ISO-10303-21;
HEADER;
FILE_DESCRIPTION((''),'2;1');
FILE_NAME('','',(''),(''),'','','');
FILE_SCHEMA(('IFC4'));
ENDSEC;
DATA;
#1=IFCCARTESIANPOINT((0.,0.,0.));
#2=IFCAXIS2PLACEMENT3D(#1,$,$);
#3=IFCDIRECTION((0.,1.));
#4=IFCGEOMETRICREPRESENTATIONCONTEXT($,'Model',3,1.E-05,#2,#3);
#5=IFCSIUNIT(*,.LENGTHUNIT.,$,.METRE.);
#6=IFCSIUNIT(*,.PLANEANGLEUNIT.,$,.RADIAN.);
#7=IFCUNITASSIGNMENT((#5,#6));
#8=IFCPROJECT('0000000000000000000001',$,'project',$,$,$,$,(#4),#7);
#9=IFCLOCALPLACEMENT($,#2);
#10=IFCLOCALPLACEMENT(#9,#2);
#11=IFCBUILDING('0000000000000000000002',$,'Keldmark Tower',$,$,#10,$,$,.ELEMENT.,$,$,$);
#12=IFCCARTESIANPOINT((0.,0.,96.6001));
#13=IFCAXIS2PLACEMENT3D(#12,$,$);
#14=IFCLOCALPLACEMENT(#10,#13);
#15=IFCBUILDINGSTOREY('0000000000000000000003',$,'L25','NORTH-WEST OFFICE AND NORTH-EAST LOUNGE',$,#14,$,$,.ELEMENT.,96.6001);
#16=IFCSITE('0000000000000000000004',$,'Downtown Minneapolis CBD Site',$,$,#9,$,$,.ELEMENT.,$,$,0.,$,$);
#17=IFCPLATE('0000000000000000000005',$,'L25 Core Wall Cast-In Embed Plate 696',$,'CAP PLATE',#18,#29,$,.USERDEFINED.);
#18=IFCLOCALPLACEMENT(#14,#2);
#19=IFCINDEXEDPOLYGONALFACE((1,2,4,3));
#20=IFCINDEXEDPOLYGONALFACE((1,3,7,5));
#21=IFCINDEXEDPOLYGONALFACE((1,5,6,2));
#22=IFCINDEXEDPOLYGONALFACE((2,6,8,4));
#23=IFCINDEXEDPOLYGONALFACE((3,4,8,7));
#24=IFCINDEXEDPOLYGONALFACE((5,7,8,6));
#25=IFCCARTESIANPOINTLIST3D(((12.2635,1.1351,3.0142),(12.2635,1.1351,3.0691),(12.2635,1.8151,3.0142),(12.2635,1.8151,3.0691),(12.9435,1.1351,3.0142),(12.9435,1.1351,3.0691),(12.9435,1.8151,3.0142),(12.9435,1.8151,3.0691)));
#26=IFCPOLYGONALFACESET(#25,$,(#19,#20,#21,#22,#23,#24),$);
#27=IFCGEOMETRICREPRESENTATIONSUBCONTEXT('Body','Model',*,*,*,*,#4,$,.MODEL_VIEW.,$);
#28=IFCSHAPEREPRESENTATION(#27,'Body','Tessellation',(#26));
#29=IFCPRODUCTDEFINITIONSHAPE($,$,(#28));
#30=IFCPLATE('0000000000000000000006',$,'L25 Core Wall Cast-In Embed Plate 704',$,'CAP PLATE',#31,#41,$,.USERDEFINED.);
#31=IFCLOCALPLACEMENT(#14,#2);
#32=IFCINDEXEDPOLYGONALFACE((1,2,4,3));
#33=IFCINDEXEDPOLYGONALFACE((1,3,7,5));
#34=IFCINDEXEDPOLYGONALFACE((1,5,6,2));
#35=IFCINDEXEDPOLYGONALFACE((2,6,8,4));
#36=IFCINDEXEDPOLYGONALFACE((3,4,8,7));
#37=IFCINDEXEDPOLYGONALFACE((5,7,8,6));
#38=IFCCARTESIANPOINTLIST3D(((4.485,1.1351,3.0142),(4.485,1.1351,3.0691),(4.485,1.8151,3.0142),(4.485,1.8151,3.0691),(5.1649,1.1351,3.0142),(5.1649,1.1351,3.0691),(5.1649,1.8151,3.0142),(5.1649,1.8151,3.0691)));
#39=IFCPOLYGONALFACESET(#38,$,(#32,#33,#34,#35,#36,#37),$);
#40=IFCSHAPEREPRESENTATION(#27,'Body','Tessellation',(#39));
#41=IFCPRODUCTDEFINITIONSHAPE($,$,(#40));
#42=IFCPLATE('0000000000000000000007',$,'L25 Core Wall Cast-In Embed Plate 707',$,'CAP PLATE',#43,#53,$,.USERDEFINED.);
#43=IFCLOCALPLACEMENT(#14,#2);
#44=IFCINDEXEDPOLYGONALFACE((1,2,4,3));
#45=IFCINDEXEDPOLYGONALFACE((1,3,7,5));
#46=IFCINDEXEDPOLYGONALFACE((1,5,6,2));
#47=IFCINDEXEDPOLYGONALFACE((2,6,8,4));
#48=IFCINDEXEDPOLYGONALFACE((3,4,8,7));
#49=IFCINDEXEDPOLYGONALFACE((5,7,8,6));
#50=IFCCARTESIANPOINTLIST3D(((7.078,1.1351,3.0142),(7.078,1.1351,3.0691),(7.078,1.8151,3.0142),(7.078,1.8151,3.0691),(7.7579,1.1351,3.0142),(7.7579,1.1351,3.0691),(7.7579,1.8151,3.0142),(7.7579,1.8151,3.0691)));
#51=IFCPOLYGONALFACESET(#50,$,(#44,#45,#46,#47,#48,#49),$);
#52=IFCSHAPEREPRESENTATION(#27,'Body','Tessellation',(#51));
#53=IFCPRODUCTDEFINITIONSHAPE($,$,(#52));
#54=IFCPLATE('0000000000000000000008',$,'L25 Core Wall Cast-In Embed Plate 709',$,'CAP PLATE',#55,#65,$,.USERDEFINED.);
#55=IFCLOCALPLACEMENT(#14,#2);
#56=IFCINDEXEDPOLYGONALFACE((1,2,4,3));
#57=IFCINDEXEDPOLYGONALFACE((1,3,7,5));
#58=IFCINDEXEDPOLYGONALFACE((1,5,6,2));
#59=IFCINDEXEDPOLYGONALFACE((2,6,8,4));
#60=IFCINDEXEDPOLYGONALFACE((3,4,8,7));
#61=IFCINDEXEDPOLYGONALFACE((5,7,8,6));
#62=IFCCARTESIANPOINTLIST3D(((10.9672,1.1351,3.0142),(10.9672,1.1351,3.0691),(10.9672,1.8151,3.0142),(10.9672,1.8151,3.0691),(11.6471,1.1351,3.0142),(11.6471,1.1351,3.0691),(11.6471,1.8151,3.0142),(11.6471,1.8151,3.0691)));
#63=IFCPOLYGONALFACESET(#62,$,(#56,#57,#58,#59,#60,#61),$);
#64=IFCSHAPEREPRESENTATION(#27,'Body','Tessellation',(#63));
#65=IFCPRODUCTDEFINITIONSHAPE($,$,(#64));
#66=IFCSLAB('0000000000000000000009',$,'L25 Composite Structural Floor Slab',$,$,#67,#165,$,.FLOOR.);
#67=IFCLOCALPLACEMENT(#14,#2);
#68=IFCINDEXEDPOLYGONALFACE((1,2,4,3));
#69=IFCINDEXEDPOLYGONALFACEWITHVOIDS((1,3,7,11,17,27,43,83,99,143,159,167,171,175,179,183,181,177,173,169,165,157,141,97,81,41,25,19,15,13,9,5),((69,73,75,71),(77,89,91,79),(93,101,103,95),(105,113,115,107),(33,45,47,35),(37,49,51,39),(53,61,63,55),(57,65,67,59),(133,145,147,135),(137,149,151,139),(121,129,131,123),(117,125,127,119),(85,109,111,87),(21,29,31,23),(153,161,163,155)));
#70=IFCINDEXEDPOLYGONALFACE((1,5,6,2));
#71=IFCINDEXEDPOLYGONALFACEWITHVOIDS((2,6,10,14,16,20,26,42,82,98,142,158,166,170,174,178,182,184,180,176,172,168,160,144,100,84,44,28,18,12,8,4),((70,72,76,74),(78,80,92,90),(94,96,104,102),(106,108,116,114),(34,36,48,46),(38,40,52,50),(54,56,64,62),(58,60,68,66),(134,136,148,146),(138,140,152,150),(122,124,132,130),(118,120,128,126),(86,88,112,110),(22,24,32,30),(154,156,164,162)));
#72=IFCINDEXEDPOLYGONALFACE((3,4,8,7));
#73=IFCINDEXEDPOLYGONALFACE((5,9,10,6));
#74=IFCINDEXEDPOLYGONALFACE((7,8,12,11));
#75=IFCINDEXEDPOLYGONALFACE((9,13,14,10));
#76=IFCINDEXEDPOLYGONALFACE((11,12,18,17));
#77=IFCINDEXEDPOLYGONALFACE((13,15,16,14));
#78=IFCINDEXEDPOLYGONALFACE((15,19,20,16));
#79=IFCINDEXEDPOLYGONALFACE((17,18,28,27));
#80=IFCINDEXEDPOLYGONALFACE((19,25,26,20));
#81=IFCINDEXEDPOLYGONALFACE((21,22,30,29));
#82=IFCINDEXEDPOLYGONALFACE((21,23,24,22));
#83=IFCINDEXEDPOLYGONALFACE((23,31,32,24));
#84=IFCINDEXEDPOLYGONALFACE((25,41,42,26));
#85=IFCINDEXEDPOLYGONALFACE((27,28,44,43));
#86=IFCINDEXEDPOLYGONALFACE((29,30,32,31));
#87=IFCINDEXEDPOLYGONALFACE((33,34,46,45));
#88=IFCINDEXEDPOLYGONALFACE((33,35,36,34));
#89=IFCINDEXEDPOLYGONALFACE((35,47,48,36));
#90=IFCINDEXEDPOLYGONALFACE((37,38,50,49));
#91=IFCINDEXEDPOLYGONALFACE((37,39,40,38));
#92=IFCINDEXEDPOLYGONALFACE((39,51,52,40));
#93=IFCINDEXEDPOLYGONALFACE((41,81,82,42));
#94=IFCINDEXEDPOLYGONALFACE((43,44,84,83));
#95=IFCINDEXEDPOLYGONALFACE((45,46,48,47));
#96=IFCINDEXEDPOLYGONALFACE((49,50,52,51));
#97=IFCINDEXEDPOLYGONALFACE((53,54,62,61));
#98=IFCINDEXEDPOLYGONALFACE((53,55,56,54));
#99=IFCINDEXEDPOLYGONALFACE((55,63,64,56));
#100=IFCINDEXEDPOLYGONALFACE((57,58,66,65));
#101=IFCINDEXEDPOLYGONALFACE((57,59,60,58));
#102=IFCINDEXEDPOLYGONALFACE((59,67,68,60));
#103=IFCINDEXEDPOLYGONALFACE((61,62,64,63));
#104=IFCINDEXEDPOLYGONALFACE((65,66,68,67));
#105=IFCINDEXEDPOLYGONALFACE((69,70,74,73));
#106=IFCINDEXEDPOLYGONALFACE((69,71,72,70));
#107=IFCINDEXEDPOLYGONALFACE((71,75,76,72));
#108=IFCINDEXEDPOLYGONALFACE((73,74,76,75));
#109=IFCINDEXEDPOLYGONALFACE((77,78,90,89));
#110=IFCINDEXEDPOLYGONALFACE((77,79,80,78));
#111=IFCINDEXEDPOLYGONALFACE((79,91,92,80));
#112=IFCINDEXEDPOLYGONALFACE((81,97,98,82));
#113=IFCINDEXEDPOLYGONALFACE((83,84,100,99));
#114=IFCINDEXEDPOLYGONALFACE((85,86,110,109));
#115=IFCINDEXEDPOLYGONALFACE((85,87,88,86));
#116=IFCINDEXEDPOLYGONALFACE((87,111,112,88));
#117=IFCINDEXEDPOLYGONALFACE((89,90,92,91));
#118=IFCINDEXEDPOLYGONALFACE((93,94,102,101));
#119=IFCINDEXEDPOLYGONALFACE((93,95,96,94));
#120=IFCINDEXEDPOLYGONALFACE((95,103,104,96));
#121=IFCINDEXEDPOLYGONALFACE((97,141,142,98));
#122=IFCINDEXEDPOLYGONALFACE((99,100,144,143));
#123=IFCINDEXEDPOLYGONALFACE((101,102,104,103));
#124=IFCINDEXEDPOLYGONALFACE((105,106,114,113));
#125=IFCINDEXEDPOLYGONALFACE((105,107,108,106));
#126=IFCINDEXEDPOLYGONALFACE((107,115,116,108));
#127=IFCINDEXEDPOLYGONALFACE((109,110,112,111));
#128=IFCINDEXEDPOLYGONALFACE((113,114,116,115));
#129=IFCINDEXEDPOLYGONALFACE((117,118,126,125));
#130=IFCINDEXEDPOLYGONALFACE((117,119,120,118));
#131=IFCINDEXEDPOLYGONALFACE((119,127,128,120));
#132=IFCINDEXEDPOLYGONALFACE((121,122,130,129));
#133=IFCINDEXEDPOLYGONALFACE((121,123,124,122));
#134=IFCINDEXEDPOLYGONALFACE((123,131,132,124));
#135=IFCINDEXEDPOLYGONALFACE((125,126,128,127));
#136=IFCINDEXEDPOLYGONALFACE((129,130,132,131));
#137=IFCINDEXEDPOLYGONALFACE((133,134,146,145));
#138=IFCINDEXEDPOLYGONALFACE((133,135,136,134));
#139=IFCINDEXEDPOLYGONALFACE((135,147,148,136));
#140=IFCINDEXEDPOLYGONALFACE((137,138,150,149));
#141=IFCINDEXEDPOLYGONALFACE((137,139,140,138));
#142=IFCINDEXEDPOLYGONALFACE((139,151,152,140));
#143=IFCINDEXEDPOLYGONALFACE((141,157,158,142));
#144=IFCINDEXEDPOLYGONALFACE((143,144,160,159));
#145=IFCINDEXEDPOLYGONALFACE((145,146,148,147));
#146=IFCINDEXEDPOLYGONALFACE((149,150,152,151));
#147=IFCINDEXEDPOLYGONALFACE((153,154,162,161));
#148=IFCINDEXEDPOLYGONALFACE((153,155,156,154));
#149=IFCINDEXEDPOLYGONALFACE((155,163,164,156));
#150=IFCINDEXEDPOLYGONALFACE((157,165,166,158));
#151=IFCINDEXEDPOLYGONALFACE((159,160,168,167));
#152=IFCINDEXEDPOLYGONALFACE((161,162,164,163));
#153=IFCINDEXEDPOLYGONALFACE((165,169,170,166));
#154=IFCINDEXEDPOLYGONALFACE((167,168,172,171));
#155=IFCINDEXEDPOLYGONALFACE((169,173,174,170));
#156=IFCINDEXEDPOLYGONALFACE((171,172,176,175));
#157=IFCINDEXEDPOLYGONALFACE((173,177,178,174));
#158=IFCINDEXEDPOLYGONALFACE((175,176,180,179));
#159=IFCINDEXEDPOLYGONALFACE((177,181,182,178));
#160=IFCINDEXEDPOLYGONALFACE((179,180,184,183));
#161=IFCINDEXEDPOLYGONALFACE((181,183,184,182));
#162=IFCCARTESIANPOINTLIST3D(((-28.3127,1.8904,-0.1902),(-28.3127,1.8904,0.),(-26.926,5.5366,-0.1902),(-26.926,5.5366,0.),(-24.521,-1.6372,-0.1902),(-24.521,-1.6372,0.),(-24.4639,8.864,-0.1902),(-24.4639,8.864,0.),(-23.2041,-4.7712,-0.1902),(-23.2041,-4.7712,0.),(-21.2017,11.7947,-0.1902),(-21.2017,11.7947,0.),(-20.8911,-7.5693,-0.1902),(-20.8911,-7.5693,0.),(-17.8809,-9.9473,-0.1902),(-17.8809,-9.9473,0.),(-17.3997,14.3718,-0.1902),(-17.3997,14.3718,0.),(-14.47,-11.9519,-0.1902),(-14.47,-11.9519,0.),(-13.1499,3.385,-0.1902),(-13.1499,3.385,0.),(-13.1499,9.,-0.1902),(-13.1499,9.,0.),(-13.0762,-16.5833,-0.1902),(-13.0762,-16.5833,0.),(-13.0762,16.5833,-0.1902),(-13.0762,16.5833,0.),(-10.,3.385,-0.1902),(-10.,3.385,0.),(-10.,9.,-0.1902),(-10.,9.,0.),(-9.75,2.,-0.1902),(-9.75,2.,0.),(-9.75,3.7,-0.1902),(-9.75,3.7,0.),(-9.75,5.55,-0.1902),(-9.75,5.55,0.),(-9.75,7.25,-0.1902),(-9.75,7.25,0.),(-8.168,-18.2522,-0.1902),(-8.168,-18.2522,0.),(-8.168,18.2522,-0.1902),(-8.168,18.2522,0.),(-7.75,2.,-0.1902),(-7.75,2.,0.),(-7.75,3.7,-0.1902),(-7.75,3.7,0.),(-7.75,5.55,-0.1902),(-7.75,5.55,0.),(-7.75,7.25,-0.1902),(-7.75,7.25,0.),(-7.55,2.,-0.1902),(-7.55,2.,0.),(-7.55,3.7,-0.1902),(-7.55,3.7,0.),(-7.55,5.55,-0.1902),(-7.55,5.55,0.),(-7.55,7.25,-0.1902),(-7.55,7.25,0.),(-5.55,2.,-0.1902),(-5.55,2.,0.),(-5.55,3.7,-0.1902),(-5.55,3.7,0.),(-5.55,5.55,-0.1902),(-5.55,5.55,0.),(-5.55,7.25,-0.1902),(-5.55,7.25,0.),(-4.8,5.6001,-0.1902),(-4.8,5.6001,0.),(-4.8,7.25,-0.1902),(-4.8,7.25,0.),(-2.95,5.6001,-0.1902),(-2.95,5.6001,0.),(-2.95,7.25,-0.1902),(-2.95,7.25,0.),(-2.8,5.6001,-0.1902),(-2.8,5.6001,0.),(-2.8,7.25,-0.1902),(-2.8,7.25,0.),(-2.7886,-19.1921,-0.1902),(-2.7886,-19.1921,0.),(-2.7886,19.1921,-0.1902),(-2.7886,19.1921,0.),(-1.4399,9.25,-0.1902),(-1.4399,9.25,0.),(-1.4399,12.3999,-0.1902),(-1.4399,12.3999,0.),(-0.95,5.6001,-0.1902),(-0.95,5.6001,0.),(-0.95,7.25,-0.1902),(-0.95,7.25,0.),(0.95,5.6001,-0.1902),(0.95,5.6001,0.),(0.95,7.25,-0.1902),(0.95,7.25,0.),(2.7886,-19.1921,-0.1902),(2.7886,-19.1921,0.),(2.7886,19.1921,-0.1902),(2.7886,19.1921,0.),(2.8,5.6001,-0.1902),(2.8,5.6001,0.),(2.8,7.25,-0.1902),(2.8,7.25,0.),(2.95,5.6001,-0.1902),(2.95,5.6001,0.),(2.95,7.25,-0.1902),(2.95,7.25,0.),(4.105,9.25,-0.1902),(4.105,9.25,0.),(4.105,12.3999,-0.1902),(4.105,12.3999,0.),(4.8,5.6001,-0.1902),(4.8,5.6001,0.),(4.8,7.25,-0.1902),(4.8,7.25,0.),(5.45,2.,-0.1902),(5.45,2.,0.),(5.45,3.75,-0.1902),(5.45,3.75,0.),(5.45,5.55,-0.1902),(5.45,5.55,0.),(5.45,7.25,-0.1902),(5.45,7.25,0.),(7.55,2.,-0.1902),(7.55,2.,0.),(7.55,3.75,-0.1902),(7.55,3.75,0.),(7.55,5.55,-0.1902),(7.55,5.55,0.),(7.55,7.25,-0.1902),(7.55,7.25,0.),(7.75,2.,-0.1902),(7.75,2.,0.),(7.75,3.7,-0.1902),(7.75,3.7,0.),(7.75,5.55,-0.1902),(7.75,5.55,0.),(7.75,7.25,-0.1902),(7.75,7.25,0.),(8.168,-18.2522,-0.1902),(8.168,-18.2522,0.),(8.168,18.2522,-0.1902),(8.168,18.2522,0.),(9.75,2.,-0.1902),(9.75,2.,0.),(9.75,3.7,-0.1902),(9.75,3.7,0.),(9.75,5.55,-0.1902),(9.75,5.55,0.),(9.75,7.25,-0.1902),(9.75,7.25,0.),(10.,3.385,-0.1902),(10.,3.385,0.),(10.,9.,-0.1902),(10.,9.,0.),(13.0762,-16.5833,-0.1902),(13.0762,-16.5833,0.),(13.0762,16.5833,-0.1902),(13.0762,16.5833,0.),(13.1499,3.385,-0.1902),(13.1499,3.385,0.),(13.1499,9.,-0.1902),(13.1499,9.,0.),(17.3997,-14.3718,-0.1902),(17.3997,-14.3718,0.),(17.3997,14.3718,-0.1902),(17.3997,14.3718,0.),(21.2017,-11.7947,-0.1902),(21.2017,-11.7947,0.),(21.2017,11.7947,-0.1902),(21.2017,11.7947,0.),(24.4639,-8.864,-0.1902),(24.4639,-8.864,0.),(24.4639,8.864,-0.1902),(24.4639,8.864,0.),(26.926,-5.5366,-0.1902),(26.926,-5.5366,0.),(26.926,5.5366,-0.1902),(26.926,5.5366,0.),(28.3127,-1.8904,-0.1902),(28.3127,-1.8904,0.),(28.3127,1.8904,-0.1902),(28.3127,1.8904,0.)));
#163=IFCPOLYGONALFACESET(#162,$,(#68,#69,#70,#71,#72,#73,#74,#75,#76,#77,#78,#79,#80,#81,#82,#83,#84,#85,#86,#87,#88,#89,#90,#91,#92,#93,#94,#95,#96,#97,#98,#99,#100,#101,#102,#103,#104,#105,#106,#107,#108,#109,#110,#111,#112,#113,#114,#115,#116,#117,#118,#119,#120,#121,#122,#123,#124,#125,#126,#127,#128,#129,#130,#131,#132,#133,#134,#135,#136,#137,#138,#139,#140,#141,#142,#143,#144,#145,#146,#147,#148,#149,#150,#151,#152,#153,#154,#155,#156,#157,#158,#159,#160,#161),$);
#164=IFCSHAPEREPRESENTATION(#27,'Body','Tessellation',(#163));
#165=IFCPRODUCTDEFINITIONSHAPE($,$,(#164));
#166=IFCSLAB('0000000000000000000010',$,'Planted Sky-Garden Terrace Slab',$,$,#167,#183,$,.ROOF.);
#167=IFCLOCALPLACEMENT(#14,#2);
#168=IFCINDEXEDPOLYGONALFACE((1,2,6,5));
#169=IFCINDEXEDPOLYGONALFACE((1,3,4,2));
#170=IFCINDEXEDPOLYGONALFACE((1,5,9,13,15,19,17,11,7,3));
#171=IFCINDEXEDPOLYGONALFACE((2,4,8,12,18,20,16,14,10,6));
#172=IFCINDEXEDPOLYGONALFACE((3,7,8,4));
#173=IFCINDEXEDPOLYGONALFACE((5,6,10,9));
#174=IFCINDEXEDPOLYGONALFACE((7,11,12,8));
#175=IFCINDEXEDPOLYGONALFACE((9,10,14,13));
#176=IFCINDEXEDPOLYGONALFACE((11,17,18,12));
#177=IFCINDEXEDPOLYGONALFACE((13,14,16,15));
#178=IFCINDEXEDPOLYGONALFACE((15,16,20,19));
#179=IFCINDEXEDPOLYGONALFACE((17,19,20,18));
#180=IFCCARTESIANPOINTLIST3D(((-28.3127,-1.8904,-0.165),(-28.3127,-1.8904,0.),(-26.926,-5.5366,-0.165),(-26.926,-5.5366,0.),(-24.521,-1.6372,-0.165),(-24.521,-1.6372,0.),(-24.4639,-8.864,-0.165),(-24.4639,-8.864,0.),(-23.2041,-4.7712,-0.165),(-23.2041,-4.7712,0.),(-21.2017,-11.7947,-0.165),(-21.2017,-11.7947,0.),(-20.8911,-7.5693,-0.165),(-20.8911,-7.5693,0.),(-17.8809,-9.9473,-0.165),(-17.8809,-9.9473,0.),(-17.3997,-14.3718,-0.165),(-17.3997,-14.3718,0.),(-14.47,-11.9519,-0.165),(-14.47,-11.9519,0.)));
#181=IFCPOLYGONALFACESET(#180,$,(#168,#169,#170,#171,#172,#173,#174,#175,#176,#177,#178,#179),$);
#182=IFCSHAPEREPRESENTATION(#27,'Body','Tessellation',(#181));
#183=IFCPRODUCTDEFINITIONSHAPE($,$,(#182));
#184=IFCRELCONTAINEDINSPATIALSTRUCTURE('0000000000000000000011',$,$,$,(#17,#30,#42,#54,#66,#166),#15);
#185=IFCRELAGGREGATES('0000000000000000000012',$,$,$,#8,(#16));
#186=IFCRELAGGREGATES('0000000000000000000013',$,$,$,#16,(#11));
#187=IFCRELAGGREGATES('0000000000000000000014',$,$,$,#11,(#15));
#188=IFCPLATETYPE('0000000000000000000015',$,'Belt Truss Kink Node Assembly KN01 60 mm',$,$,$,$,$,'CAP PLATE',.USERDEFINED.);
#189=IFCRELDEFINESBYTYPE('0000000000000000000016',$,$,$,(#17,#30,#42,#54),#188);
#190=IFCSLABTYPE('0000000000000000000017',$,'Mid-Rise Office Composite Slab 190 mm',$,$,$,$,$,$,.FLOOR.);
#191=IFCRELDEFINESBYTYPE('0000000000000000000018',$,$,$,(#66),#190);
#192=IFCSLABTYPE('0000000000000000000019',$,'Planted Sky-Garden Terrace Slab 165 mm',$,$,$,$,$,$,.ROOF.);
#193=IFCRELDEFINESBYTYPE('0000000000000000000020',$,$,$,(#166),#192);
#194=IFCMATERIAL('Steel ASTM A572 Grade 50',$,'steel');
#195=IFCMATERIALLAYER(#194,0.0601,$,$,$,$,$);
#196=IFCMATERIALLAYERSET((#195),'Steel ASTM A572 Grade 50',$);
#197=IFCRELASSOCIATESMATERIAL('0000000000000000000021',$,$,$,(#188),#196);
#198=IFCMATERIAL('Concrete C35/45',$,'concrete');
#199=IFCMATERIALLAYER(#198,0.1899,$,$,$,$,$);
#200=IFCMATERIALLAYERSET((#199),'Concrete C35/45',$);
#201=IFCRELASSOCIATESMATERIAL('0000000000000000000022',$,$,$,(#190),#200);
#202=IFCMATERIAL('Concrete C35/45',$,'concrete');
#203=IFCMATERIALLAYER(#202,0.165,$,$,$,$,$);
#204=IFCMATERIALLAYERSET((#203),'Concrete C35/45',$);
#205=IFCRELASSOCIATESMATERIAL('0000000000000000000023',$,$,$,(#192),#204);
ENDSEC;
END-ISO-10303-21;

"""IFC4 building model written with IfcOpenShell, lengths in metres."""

from ifc_helpers import new_model, si_unit, direction, frame, origin, origin_2d, place, context, subcontext, project, spatial, polyline, rectangle, outline, extrude, material, layer, layer_set, type_object, element, save


model = new_model("IFC4")

# Units and contexts
model_context = context("Model", 3, precision=1e-05, world=origin(), true_north=direction((0.0, 1.0)))
body_context = subcontext(model_context, "Body", "Model", "MODEL_VIEW")
ifc_project = project(units=[si_unit("LENGTHUNIT", "METRE"), si_unit("PLANEANGLEUNIT", "RADIAN")], contexts=[model_context])

# Site, building, storey
site_placement = place(None, origin())
site = spatial("IfcSite", under=ifc_project, at=site_placement, Name="Downtown Minneapolis CBD Site", CompositionType="ELEMENT", RefElevation=0.0)
building_placement = place(site_placement, origin())
building = spatial("IfcBuilding", under=site, at=building_placement, Name="Keldmark Tower", CompositionType="ELEMENT")
storey_placement = place(building_placement, frame((0.0, 0.0, 96.6001)))
storey = spatial("IfcBuildingStorey", under=building, at=storey_placement, Name="L25", Description="NORTH-WEST OFFICE AND NORTH-EAST LOUNGE", CompositionType="ELEMENT", Elevation=96.6001)

# Plates
ifc_material_1 = material(Name="Steel ASTM A572 Grade 50", Category="steel")
ifc_layer_1 = layer(ifc_material_1, 0.0601)
ifc_layer_set_1 = layer_set([ifc_layer_1], Name="Steel ASTM A572 Grade 50")
plate_type = type_object("IfcPlateType", Name="Belt Truss Kink Node Assembly KN01 60 mm", ElementType="CAP PLATE", PredefinedType="USERDEFINED", material=ifc_layer_set_1)
for number, where, z_axis, x_axis, name in (
    (1, (12.6035, 1.4751, 3.0142), (0.0, 0.0, 1.0), (1.0, 0.0, 0.0), "L25 Core Wall Cast-In Embed Plate 696"),
    (2, (4.825, 1.4751, 3.0142), (0.0, 0.0, 1.0), (1.0, 0.0, 0.0), "L25 Core Wall Cast-In Embed Plate 704"),
    (3, (7.418, 1.4751, 3.0142), (0.0, 0.0, 1.0), (1.0, 0.0, 0.0), "L25 Core Wall Cast-In Embed Plate 707"),
    (4, (11.3071, 1.4751, 3.0142), (0.0, 0.0, 1.0), (1.0, 0.0, 0.0), "L25 Core Wall Cast-In Embed Plate 709"),
):
    element("IfcPlate", number, at=place(storey_placement, frame(where, z_axis=z_axis, x_axis=x_axis)), inside=storey, type_object=plate_type, Name=name, ObjectType="CAP PLATE", PredefinedType="USERDEFINED", context=body_context, shape_type="SweptSolid", body=[
        extrude(rectangle(XDim=0.6799, YDim=0.6799, at=origin_2d()), origin(), (0.0, 0.0, 1.0), 0.0549),
    ])

# Slabs
ifc_material_2 = material(Name="Concrete C35/45", Category="concrete")
ifc_layer_2 = layer(ifc_material_2, 0.1899)
ifc_layer_set_2 = layer_set([ifc_layer_2], Name="Concrete C35/45")
slab_type_1 = type_object("IfcSlabType", Name="Mid-Rise Office Composite Slab 190 mm", PredefinedType="FLOOR", material=ifc_layer_set_2)
slab_1_placement = place(storey_placement, frame((0.0, 0.0, -0.1902)))
element("IfcSlab", 5, at=slab_1_placement, inside=storey, type_object=slab_type_1, Name="L25 Composite Structural Floor Slab", PredefinedType="FLOOR", context=body_context, shape_type="SweptSolid", body=[
    extrude(outline(polyline([(28.3127, 1.8904), (26.926, 5.5366), (24.4639, 8.864), (21.2017, 11.7947), (17.3997, 14.3718), (13.0762, 16.5833), (8.168, 18.2522), (2.7886, 19.1921), (-2.7886, 19.1921), (-8.168, 18.2522), (-13.0762, 16.5833), (-17.3997, 14.3718), (-21.2017, 11.7947), (-24.4639, 8.864), (-26.926, 5.5366), (-28.3127, 1.8904), (-24.521, -1.6372), (-23.2041, -4.7712), (-20.8911, -7.5693), (-17.8809, -9.9473), (-14.47, -11.9519), (-13.0762, -16.5833), (-8.168, -18.2522), (-2.7886, -19.1921), (2.7886, -19.1921), (8.168, -18.2522), (13.0762, -16.5833), (17.3997, -14.3718), (21.2017, -11.7947), (24.4639, -8.864), (26.926, -5.5366), (28.3127, -1.8904), (28.3127, 1.8904)]), holes=[polyline([(-10.0, 3.385), (-10.0, 9.0), (-13.1499, 9.0), (-13.1499, 3.385), (-10.0, 3.385)]), polyline([(13.1499, 3.385), (13.1499, 9.0), (10.0, 9.0), (10.0, 3.385), (13.1499, 3.385)]), polyline([(-1.4399, 9.25), (4.105, 9.25), (4.105, 12.3999), (-1.4399, 12.3999), (-1.4399, 9.25)]), polyline([(-9.75, 2.0), (-7.75, 2.0), (-7.75, 3.7), (-9.75, 3.7), (-9.75, 2.0)]), polyline([(7.75, 2.0), (9.75, 2.0), (9.75, 3.7), (7.75, 3.7), (7.75, 2.0)]), polyline([(5.45, 2.0), (7.55, 2.0), (7.55, 3.75), (5.45, 3.75), (5.45, 2.0)]), polyline([(-4.8, 5.6001), (-2.95, 5.6001), (-2.95, 7.25), (-4.8, 7.25), (-4.8, 5.6001)]), polyline([(-2.8, 5.6001), (-0.95, 5.6001), (-0.95, 7.25), (-2.8, 7.25), (-2.8, 5.6001)]), polyline([(0.95, 5.6001), (2.8, 5.6001), (2.8, 7.25), (0.95, 7.25), (0.95, 5.6001)]), polyline([(2.95, 5.6001), (4.8, 5.6001), (4.8, 7.25), (2.95, 7.25), (2.95, 5.6001)]), polyline([(-9.75, 5.55), (-7.75, 5.55), (-7.75, 7.25), (-9.75, 7.25), (-9.75, 5.55)]), polyline([(-7.55, 5.55), (-5.55, 5.55), (-5.55, 7.25), (-7.55, 7.25), (-7.55, 5.55)]), polyline([(-7.55, 2.0), (-5.55, 2.0), (-5.55, 3.7), (-7.55, 3.7), (-7.55, 2.0)]), polyline([(5.45, 5.55), (7.55, 5.55), (7.55, 7.25), (5.45, 7.25), (5.45, 5.55)]), polyline([(7.75, 5.55), (9.75, 5.55), (9.75, 7.25), (7.75, 7.25), (7.75, 5.55)])]), origin(), (0.0, 0.0, 1.0), 0.1902),
])
ifc_material_3 = material(Name="Concrete C35/45", Category="concrete")
ifc_layer_3 = layer(ifc_material_3, 0.165)
ifc_layer_set_3 = layer_set([ifc_layer_3], Name="Concrete C35/45")
slab_type_2 = type_object("IfcSlabType", Name="Planted Sky-Garden Terrace Slab 165 mm", PredefinedType="ROOF", material=ifc_layer_set_3)
slab_2_placement = place(storey_placement, frame((0.0, 0.0, -0.165)))
element("IfcSlab", 6, at=slab_2_placement, inside=storey, type_object=slab_type_2, Name="Planted Sky-Garden Terrace Slab", PredefinedType="ROOF", context=body_context, shape_type="SweptSolid", body=[
    extrude(outline(polyline([(-28.3127, -1.8904), (-26.926, -5.5366), (-24.4639, -8.864), (-21.2017, -11.7947), (-17.3997, -14.3718), (-14.47, -11.9519), (-17.8809, -9.9473), (-20.8911, -7.5693), (-23.2041, -4.7712), (-24.521, -1.6372), (-28.3127, -1.8904)])), origin(), (0.0, 0.0, 1.0), 0.165),
])

save(model, "model.ifc")
